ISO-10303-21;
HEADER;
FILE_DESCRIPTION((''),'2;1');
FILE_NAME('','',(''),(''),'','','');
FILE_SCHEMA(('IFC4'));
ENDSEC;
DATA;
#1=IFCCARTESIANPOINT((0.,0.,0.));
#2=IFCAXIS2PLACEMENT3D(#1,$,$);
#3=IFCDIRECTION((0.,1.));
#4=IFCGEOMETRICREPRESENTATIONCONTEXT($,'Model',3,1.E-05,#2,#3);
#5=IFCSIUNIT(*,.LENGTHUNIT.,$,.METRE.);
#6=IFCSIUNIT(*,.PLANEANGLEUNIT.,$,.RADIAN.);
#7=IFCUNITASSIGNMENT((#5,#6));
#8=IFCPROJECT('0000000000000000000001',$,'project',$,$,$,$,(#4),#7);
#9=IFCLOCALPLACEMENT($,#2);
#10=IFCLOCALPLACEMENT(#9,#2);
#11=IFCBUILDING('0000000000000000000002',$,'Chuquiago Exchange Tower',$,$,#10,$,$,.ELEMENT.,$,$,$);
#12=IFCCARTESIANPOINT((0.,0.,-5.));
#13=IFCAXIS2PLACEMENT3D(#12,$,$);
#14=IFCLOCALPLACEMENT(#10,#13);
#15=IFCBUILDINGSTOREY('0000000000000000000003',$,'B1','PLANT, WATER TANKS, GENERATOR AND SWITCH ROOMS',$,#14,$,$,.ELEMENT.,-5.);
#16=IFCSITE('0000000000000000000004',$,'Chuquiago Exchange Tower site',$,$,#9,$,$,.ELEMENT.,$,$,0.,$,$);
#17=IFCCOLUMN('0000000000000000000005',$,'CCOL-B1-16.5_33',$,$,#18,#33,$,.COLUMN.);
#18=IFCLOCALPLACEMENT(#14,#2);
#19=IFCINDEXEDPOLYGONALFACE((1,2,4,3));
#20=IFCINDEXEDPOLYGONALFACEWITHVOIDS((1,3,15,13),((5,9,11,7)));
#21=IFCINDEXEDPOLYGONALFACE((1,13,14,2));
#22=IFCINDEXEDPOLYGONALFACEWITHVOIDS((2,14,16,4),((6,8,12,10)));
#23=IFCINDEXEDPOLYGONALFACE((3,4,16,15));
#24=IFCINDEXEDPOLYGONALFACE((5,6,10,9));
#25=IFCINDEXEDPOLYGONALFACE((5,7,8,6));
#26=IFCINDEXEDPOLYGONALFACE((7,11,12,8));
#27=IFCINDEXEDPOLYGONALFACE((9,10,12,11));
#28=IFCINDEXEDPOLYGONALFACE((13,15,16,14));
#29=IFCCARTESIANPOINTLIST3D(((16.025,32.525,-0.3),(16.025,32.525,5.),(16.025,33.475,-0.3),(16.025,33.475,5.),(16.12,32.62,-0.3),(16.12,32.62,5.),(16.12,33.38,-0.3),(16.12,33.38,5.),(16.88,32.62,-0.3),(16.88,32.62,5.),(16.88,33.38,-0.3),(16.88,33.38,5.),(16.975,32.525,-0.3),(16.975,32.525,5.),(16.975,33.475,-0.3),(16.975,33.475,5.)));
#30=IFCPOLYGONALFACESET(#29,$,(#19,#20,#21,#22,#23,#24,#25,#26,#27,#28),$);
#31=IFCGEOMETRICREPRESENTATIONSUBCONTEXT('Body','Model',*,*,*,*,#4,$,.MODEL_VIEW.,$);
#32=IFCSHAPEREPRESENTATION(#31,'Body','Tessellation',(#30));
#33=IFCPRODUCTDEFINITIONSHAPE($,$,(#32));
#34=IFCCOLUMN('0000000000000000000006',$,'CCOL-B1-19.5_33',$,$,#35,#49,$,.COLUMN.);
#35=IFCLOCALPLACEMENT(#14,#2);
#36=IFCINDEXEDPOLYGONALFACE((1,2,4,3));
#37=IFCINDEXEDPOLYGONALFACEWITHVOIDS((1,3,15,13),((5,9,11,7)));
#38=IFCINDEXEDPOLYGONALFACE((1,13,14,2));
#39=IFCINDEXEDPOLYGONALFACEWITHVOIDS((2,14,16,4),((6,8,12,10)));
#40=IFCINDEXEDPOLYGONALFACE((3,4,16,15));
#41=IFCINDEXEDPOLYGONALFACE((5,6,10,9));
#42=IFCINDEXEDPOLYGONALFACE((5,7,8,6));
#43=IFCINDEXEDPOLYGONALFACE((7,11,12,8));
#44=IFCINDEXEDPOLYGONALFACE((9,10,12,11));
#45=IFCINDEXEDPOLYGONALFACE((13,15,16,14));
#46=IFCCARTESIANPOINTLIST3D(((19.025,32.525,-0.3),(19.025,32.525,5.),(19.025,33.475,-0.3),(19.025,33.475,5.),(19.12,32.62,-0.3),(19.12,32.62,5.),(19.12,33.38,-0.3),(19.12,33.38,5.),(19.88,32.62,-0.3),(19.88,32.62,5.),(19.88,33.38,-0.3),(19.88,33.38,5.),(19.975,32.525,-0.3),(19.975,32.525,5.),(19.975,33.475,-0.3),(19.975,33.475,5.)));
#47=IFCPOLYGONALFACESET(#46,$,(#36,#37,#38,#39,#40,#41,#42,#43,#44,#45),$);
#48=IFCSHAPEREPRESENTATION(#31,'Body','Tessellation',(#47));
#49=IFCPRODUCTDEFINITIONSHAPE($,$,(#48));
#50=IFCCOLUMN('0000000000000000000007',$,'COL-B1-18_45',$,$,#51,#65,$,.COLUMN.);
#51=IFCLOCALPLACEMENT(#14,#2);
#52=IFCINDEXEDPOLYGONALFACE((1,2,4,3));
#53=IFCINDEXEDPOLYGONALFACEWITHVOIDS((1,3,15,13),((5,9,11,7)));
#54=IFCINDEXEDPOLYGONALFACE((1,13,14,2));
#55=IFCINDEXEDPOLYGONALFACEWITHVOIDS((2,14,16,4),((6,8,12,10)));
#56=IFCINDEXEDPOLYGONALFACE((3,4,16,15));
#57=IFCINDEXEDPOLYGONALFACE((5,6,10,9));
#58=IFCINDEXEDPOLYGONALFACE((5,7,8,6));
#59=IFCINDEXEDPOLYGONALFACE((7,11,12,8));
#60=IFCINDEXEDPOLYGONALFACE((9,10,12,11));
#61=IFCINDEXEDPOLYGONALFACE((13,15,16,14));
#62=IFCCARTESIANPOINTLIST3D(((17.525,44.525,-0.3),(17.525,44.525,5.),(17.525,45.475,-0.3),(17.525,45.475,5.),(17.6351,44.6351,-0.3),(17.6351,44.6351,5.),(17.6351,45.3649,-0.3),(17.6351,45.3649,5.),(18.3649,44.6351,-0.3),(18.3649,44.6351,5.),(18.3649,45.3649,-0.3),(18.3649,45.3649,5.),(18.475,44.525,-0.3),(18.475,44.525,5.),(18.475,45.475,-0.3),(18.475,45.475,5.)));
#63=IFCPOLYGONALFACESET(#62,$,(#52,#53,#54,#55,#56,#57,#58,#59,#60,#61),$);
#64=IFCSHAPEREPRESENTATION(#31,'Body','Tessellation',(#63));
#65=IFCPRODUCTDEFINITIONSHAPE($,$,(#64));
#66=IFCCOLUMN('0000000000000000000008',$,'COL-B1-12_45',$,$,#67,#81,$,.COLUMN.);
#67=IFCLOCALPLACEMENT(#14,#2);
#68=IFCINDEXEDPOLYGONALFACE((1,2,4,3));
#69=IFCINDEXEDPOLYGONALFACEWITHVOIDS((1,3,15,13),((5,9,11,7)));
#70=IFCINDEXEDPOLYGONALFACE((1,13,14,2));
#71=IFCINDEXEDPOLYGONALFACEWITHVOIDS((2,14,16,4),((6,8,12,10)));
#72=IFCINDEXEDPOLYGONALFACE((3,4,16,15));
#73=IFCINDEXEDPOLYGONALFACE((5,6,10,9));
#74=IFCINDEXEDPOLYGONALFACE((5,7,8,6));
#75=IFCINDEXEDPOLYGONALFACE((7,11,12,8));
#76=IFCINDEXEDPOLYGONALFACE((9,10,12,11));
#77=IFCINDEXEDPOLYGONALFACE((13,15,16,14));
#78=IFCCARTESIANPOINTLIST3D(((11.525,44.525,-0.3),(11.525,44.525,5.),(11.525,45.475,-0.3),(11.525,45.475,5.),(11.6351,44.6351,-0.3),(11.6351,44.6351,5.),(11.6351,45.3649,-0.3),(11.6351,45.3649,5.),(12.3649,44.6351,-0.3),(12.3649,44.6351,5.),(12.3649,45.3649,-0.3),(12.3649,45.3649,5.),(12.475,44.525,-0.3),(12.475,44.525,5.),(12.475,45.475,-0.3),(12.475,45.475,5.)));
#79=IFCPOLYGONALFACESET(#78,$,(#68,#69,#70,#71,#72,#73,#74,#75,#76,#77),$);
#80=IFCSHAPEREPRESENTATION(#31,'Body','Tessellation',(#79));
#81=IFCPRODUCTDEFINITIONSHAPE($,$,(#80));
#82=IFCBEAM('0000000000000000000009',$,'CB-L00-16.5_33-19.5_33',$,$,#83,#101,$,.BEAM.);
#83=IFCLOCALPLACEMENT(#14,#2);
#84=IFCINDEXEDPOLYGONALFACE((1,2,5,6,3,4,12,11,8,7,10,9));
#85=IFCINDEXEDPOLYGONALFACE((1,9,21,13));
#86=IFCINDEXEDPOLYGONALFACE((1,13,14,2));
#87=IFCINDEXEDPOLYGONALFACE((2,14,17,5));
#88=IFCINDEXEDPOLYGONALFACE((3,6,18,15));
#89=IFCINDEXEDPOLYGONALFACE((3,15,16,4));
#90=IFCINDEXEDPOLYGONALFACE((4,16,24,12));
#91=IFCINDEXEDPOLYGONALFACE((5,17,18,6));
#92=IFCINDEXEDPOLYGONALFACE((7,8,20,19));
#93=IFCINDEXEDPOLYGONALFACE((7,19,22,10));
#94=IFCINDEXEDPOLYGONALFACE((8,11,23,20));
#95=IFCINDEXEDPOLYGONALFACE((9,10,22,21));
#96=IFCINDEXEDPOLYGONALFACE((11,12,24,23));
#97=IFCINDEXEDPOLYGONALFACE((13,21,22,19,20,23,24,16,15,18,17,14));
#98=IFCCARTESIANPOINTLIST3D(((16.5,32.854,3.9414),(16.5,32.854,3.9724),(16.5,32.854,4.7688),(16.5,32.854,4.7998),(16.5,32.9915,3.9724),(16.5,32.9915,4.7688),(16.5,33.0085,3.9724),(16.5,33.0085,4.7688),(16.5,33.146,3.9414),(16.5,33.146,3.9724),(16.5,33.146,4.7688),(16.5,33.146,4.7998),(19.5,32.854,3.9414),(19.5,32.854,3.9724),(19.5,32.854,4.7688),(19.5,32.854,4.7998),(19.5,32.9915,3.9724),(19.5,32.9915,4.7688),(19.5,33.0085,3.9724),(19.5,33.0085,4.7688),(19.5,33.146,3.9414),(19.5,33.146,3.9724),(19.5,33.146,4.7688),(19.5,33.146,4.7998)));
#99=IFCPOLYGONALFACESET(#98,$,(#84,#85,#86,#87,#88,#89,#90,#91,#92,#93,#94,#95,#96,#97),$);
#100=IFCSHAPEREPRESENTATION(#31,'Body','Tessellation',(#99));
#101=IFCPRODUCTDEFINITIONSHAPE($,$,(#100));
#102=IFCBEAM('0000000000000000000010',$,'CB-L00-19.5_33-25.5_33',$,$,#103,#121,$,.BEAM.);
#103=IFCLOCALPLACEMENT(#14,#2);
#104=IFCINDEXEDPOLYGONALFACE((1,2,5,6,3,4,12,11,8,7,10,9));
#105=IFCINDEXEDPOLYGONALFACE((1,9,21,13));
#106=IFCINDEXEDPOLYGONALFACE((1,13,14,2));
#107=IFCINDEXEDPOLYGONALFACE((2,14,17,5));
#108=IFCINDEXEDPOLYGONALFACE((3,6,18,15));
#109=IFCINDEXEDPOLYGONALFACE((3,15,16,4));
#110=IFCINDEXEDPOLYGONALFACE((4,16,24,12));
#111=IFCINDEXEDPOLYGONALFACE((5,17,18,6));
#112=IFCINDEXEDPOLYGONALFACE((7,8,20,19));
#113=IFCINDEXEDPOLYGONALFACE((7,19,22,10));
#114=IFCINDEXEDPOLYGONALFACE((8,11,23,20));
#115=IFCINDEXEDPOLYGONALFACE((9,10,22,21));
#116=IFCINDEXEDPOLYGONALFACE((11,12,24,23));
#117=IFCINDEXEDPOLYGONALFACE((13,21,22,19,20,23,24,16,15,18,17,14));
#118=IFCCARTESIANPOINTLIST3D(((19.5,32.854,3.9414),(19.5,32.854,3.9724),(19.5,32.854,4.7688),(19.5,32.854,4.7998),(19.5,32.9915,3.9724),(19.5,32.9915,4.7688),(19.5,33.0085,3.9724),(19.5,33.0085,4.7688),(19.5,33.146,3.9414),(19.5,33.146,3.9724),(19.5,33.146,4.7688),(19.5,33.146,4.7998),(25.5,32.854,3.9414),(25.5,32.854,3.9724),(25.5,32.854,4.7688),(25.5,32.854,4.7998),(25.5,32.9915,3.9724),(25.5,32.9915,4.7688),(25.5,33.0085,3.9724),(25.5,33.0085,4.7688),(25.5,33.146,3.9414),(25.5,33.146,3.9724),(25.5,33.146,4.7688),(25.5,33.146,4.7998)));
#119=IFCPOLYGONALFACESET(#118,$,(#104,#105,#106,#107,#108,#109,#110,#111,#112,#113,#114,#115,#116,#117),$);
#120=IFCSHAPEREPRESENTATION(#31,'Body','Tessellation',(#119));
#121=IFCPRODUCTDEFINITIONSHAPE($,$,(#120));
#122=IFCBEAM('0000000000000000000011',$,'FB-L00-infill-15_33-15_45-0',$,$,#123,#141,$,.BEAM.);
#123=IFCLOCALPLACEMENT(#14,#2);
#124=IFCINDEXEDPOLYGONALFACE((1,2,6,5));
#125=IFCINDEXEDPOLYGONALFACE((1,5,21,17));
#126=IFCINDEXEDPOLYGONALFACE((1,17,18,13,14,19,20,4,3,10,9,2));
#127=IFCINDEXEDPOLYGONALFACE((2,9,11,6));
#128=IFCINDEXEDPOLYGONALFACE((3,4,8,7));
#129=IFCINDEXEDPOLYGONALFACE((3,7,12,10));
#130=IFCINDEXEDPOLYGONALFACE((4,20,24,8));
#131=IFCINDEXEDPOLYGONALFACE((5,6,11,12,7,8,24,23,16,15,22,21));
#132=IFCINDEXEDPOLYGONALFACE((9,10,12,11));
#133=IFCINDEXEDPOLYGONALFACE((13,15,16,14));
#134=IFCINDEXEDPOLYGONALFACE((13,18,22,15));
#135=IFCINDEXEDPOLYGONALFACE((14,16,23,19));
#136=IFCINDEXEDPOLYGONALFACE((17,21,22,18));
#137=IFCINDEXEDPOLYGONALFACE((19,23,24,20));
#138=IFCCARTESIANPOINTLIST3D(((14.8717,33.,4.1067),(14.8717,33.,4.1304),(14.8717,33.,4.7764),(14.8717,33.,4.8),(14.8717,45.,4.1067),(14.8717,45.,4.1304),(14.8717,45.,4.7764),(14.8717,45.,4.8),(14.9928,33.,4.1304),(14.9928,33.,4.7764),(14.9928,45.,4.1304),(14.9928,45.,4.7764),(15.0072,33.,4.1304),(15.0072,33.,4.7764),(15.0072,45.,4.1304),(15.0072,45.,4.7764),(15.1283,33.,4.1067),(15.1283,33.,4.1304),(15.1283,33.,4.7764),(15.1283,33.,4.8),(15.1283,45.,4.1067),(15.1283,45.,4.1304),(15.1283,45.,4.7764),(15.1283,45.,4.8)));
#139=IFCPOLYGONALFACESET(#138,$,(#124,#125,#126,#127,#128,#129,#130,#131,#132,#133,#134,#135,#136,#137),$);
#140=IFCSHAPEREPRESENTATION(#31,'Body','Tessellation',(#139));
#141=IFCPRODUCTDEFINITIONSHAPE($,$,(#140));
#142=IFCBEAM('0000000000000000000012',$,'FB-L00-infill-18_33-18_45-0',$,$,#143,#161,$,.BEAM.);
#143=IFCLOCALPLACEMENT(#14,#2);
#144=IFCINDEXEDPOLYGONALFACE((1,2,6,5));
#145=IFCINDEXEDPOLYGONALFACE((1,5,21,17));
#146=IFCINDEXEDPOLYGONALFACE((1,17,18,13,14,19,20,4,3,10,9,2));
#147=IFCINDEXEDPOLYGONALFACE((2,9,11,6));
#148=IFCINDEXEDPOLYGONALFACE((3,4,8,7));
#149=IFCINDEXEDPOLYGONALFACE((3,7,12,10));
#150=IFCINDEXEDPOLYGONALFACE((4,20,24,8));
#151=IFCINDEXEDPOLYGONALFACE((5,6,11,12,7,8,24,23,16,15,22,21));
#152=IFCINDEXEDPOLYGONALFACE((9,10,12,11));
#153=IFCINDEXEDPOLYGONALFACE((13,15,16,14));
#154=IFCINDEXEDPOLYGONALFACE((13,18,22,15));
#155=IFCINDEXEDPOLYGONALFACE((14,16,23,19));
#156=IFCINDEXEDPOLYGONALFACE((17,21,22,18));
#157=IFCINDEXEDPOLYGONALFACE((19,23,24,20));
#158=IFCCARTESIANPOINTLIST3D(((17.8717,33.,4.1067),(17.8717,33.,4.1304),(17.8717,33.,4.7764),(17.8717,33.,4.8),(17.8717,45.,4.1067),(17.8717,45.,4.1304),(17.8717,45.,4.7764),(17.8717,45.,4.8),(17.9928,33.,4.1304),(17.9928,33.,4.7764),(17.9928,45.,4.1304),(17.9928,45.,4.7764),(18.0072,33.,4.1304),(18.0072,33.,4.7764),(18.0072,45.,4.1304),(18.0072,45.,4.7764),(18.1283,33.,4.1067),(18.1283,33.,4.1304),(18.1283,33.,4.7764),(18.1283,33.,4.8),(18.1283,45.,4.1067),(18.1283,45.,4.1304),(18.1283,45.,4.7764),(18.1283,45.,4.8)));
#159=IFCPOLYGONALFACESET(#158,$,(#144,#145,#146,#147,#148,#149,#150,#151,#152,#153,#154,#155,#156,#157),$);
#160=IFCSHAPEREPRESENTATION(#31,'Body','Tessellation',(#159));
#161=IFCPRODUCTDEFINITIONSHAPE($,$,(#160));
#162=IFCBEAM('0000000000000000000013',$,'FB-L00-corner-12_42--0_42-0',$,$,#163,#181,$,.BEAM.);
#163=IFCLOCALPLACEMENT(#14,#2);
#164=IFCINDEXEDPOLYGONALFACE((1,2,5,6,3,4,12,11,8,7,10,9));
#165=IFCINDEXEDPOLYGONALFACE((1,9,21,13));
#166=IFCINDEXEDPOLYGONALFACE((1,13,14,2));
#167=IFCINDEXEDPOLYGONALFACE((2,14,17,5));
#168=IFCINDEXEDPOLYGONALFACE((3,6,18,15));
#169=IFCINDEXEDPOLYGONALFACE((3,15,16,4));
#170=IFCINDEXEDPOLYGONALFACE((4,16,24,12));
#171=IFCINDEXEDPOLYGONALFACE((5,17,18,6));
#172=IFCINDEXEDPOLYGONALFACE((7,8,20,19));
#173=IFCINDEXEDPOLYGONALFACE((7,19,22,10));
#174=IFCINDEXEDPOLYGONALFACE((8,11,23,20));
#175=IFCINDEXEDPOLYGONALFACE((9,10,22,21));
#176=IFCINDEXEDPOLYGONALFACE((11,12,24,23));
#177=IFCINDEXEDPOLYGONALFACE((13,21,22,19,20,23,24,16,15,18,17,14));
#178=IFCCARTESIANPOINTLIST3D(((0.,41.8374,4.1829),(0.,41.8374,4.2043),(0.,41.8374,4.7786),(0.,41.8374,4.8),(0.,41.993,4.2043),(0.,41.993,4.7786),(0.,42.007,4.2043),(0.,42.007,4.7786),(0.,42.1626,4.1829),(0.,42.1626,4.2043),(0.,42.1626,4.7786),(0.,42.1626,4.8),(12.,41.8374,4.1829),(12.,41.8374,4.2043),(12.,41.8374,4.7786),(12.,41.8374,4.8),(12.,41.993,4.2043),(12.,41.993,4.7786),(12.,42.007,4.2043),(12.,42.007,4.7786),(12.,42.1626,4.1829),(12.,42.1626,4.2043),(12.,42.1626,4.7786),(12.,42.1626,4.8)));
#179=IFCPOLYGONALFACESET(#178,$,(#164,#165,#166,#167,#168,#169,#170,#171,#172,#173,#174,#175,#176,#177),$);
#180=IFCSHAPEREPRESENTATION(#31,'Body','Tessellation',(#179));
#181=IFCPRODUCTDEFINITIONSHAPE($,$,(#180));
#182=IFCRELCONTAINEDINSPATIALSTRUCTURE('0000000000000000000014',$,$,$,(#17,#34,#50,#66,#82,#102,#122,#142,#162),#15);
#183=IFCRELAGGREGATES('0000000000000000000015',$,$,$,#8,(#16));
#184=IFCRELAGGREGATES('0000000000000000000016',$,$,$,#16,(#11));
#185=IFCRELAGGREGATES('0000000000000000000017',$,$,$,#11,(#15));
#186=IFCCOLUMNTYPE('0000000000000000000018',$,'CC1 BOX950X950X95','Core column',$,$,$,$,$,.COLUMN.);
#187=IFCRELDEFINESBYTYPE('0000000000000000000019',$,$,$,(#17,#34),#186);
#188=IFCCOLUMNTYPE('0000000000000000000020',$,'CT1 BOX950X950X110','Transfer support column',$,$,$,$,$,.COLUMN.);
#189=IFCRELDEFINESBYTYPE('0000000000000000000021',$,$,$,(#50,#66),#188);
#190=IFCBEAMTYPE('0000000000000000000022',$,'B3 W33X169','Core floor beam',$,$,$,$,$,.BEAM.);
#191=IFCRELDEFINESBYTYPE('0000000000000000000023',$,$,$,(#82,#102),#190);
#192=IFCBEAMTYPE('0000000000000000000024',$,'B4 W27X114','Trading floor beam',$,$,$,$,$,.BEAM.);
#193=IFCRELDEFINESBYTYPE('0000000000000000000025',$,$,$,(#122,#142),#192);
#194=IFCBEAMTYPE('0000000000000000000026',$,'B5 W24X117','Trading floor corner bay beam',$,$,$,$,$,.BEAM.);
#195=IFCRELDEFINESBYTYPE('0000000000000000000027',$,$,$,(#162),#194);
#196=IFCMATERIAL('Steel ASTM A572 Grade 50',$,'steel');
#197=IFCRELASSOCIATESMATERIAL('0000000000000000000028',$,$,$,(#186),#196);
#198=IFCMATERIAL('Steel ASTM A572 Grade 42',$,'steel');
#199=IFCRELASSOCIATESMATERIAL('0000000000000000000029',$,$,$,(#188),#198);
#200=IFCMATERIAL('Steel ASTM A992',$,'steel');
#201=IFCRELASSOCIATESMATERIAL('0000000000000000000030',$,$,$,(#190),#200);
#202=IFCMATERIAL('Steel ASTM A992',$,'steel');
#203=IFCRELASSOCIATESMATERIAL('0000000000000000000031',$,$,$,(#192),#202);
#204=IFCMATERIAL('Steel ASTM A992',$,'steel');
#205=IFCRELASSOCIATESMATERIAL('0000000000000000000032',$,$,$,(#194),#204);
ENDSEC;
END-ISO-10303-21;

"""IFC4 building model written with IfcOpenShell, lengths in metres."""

from ifc_helpers import new_model, si_unit, direction, frame, origin, origin_2d, place, context, subcontext, project, spatial, hollow_rectangle, i_section, extrude, material, material_profile, profile_set, type_object, element, save


model = new_model("IFC4")

# Units and contexts
model_context = context("Model", 3, precision=1e-05, world=origin(), true_north=direction((0.0, 1.0)))
body_context = subcontext(model_context, "Body", "Model", "MODEL_VIEW")
ifc_project = project(units=[si_unit("LENGTHUNIT", "METRE"), si_unit("PLANEANGLEUNIT", "RADIAN")], contexts=[model_context])

# Site, building, storey
site_placement = place(None, origin())
site = spatial("IfcSite", under=ifc_project, at=site_placement, Name="Chuquiago Exchange Tower site", CompositionType="ELEMENT", RefElevation=0.0)
building_placement = place(site_placement, origin())
building = spatial("IfcBuilding", under=site, at=building_placement, Name="Chuquiago Exchange Tower", CompositionType="ELEMENT")
storey_placement = place(building_placement, frame((0.0, 0.0, -5.0)))
storey = spatial("IfcBuildingStorey", under=building, at=storey_placement, Name="B1", Description="PLANT, WATER TANKS, GENERATOR AND SWITCH ROOMS", CompositionType="ELEMENT", Elevation=-5.0)

# Columns
ifc_material_1 = material(Name="Steel ASTM A572 Grade 50", Category="steel")
ifc_material_profile_1 = material_profile(ifc_material_1, hollow_rectangle(XDim=0.95, YDim=0.95, WallThickness=0.095, at=origin_2d()), Name="BOX950X950X95")
ifc_profile_set_1 = profile_set([ifc_material_profile_1], Name="Steel ASTM A572 Grade 50")
column_type_1 = type_object("IfcColumnType", Name="CC1 BOX950X950X95", Description="Core column", PredefinedType="COLUMN", material=ifc_profile_set_1)
for number, where, z_axis, x_axis, name in (
    (1, (16.5, 33.0, -0.3), (0.0, 0.0, 1.0), (1.0, 0.0, 0.0), "CCOL-B1-16.5_33"),
    (2, (19.5, 33.0, -0.3), (0.0, 0.0, 1.0), (1.0, 0.0, 0.0), "CCOL-B1-19.5_33"),
):
    element("IfcColumn", number, at=place(storey_placement, frame(where, z_axis=z_axis, x_axis=x_axis)), inside=storey, type_object=column_type_1, Name=name, PredefinedType="COLUMN", context=body_context, shape_type="SweptSolid", body=[
        extrude(hollow_rectangle(XDim=0.95, YDim=0.95, WallThickness=0.095, at=origin_2d()), origin(), (0.0, 0.0, 1.0), 5.3),
    ])
ifc_material_2 = material(Name="Steel ASTM A572 Grade 42", Category="steel")
ifc_material_profile_2 = material_profile(ifc_material_2, hollow_rectangle(XDim=0.95, YDim=0.95, WallThickness=0.1101, at=origin_2d()), Name="BOX950X950X110")
ifc_profile_set_2 = profile_set([ifc_material_profile_2], Name="Steel ASTM A572 Grade 42")
column_type_2 = type_object("IfcColumnType", Name="CT1 BOX950X950X110", Description="Transfer support column", PredefinedType="COLUMN", material=ifc_profile_set_2)
for number, where, z_axis, x_axis, name in (
    (3, (18.0, 45.0, -0.3), (0.0, 0.0, 1.0), (0.0, 1.0, 0.0), "COL-B1-18_45"),
    (4, (12.0, 45.0, -0.3), (0.0, 0.0, 1.0), (0.0, 1.0, 0.0), "COL-B1-12_45"),
):
    element("IfcColumn", number, at=place(storey_placement, frame(where, z_axis=z_axis, x_axis=x_axis)), inside=storey, type_object=column_type_2, Name=name, PredefinedType="COLUMN", context=body_context, shape_type="SweptSolid", body=[
        extrude(hollow_rectangle(XDim=0.95, YDim=0.95, WallThickness=0.1101, at=origin_2d()), origin(), (0.0, 0.0, 1.0), 5.3),
    ])

# Beams
ifc_material_3 = material(Name="Steel ASTM A992", Category="steel")
ifc_material_profile_3 = material_profile(ifc_material_3, i_section(OverallWidth=0.292, OverallDepth=0.8584, WebThickness=0.0171, FlangeThickness=0.031, at=origin_2d()), Name="W33X169")
ifc_profile_set_3 = profile_set([ifc_material_profile_3], Name="Steel ASTM A992")
beam_type_1 = type_object("IfcBeamType", Name="B3 W33X169", Description="Core floor beam", PredefinedType="BEAM", material=ifc_profile_set_3)
beam_1_placement = place(storey_placement, frame((16.5, 33.0, 4.3706), z_axis=(1.0, 0.0, 0.0), x_axis=(0.0, 1.0, 0.0)))
element("IfcBeam", 5, at=beam_1_placement, inside=storey, type_object=beam_type_1, Name="CB-L00-16.5_33-19.5_33", PredefinedType="BEAM", context=body_context, shape_type="SweptSolid", body=[
    extrude(i_section(OverallWidth=0.292, OverallDepth=0.8584, WebThickness=0.0171, FlangeThickness=0.031, at=origin_2d()), origin(), (0.0, 0.0, 1.0), 3.0),
])
beam_2_placement = place(storey_placement, frame((19.5, 33.0, 4.3706), z_axis=(1.0, 0.0, 0.0), x_axis=(0.0, 1.0, 0.0)))
element("IfcBeam", 6, at=beam_2_placement, inside=storey, type_object=beam_type_1, Name="CB-L00-19.5_33-25.5_33", PredefinedType="BEAM", context=body_context, shape_type="SweptSolid", body=[
    extrude(i_section(OverallWidth=0.292, OverallDepth=0.8584, WebThickness=0.0171, FlangeThickness=0.031, at=origin_2d()), origin(), (0.0, 0.0, 1.0), 6.0),
])
ifc_material_4 = material(Name="Steel ASTM A992", Category="steel")
ifc_material_profile_4 = material_profile(ifc_material_4, i_section(OverallWidth=0.2566, OverallDepth=0.6934, WebThickness=0.0144, FlangeThickness=0.0237, at=origin_2d()), Name="W27X114")
ifc_profile_set_4 = profile_set([ifc_material_profile_4], Name="Steel ASTM A992")
beam_type_2 = type_object("IfcBeamType", Name="B4 W27X114", Description="Trading floor beam", PredefinedType="BEAM", material=ifc_profile_set_4)
for number, where, z_axis, x_axis, name in (
    (7, (15.0, 33.0, 4.4534), (0.0, 1.0, 0.0), (-1.0, 0.0, 0.0), "FB-L00-infill-15_33-15_45-0"),
    (8, (18.0, 33.0, 4.4534), (0.0, 1.0, 0.0), (-1.0, 0.0, 0.0), "FB-L00-infill-18_33-18_45-0"),
):
    element("IfcBeam", number, at=place(storey_placement, frame(where, z_axis=z_axis, x_axis=x_axis)), inside=storey, type_object=beam_type_2, Name=name, PredefinedType="BEAM", context=body_context, shape_type="SweptSolid", body=[
        extrude(i_section(OverallWidth=0.2566, OverallDepth=0.6934, WebThickness=0.0144, FlangeThickness=0.0237, at=origin_2d()), origin(), (0.0, 0.0, 1.0), 12.0),
    ])
ifc_material_5 = material(Name="Steel ASTM A992", Category="steel")
ifc_material_profile_5 = material_profile(ifc_material_5, i_section(OverallWidth=0.3252, OverallDepth=0.6172, WebThickness=0.0139, FlangeThickness=0.0215, at=origin_2d()), Name="W24X117")
ifc_profile_set_5 = profile_set([ifc_material_profile_5], Name="Steel ASTM A992")
beam_type_3 = type_object("IfcBeamType", Name="B5 W24X117", Description="Trading floor corner bay beam", PredefinedType="BEAM", material=ifc_profile_set_5)
beam_3_placement = place(storey_placement, frame((12.0, 42.0, 4.4915), z_axis=(-1.0, 0.0, 0.0), x_axis=(0.0, -1.0, 0.0)))
element("IfcBeam", 9, at=beam_3_placement, inside=storey, type_object=beam_type_3, Name="FB-L00-corner-12_42--0_42-0", PredefinedType="BEAM", context=body_context, shape_type="SweptSolid", body=[
    extrude(i_section(OverallWidth=0.3252, OverallDepth=0.6172, WebThickness=0.0139, FlangeThickness=0.0215, at=origin_2d()), origin(), (0.0, 0.0, 1.0), 12.0),
])

save(model, "model.ifc")
